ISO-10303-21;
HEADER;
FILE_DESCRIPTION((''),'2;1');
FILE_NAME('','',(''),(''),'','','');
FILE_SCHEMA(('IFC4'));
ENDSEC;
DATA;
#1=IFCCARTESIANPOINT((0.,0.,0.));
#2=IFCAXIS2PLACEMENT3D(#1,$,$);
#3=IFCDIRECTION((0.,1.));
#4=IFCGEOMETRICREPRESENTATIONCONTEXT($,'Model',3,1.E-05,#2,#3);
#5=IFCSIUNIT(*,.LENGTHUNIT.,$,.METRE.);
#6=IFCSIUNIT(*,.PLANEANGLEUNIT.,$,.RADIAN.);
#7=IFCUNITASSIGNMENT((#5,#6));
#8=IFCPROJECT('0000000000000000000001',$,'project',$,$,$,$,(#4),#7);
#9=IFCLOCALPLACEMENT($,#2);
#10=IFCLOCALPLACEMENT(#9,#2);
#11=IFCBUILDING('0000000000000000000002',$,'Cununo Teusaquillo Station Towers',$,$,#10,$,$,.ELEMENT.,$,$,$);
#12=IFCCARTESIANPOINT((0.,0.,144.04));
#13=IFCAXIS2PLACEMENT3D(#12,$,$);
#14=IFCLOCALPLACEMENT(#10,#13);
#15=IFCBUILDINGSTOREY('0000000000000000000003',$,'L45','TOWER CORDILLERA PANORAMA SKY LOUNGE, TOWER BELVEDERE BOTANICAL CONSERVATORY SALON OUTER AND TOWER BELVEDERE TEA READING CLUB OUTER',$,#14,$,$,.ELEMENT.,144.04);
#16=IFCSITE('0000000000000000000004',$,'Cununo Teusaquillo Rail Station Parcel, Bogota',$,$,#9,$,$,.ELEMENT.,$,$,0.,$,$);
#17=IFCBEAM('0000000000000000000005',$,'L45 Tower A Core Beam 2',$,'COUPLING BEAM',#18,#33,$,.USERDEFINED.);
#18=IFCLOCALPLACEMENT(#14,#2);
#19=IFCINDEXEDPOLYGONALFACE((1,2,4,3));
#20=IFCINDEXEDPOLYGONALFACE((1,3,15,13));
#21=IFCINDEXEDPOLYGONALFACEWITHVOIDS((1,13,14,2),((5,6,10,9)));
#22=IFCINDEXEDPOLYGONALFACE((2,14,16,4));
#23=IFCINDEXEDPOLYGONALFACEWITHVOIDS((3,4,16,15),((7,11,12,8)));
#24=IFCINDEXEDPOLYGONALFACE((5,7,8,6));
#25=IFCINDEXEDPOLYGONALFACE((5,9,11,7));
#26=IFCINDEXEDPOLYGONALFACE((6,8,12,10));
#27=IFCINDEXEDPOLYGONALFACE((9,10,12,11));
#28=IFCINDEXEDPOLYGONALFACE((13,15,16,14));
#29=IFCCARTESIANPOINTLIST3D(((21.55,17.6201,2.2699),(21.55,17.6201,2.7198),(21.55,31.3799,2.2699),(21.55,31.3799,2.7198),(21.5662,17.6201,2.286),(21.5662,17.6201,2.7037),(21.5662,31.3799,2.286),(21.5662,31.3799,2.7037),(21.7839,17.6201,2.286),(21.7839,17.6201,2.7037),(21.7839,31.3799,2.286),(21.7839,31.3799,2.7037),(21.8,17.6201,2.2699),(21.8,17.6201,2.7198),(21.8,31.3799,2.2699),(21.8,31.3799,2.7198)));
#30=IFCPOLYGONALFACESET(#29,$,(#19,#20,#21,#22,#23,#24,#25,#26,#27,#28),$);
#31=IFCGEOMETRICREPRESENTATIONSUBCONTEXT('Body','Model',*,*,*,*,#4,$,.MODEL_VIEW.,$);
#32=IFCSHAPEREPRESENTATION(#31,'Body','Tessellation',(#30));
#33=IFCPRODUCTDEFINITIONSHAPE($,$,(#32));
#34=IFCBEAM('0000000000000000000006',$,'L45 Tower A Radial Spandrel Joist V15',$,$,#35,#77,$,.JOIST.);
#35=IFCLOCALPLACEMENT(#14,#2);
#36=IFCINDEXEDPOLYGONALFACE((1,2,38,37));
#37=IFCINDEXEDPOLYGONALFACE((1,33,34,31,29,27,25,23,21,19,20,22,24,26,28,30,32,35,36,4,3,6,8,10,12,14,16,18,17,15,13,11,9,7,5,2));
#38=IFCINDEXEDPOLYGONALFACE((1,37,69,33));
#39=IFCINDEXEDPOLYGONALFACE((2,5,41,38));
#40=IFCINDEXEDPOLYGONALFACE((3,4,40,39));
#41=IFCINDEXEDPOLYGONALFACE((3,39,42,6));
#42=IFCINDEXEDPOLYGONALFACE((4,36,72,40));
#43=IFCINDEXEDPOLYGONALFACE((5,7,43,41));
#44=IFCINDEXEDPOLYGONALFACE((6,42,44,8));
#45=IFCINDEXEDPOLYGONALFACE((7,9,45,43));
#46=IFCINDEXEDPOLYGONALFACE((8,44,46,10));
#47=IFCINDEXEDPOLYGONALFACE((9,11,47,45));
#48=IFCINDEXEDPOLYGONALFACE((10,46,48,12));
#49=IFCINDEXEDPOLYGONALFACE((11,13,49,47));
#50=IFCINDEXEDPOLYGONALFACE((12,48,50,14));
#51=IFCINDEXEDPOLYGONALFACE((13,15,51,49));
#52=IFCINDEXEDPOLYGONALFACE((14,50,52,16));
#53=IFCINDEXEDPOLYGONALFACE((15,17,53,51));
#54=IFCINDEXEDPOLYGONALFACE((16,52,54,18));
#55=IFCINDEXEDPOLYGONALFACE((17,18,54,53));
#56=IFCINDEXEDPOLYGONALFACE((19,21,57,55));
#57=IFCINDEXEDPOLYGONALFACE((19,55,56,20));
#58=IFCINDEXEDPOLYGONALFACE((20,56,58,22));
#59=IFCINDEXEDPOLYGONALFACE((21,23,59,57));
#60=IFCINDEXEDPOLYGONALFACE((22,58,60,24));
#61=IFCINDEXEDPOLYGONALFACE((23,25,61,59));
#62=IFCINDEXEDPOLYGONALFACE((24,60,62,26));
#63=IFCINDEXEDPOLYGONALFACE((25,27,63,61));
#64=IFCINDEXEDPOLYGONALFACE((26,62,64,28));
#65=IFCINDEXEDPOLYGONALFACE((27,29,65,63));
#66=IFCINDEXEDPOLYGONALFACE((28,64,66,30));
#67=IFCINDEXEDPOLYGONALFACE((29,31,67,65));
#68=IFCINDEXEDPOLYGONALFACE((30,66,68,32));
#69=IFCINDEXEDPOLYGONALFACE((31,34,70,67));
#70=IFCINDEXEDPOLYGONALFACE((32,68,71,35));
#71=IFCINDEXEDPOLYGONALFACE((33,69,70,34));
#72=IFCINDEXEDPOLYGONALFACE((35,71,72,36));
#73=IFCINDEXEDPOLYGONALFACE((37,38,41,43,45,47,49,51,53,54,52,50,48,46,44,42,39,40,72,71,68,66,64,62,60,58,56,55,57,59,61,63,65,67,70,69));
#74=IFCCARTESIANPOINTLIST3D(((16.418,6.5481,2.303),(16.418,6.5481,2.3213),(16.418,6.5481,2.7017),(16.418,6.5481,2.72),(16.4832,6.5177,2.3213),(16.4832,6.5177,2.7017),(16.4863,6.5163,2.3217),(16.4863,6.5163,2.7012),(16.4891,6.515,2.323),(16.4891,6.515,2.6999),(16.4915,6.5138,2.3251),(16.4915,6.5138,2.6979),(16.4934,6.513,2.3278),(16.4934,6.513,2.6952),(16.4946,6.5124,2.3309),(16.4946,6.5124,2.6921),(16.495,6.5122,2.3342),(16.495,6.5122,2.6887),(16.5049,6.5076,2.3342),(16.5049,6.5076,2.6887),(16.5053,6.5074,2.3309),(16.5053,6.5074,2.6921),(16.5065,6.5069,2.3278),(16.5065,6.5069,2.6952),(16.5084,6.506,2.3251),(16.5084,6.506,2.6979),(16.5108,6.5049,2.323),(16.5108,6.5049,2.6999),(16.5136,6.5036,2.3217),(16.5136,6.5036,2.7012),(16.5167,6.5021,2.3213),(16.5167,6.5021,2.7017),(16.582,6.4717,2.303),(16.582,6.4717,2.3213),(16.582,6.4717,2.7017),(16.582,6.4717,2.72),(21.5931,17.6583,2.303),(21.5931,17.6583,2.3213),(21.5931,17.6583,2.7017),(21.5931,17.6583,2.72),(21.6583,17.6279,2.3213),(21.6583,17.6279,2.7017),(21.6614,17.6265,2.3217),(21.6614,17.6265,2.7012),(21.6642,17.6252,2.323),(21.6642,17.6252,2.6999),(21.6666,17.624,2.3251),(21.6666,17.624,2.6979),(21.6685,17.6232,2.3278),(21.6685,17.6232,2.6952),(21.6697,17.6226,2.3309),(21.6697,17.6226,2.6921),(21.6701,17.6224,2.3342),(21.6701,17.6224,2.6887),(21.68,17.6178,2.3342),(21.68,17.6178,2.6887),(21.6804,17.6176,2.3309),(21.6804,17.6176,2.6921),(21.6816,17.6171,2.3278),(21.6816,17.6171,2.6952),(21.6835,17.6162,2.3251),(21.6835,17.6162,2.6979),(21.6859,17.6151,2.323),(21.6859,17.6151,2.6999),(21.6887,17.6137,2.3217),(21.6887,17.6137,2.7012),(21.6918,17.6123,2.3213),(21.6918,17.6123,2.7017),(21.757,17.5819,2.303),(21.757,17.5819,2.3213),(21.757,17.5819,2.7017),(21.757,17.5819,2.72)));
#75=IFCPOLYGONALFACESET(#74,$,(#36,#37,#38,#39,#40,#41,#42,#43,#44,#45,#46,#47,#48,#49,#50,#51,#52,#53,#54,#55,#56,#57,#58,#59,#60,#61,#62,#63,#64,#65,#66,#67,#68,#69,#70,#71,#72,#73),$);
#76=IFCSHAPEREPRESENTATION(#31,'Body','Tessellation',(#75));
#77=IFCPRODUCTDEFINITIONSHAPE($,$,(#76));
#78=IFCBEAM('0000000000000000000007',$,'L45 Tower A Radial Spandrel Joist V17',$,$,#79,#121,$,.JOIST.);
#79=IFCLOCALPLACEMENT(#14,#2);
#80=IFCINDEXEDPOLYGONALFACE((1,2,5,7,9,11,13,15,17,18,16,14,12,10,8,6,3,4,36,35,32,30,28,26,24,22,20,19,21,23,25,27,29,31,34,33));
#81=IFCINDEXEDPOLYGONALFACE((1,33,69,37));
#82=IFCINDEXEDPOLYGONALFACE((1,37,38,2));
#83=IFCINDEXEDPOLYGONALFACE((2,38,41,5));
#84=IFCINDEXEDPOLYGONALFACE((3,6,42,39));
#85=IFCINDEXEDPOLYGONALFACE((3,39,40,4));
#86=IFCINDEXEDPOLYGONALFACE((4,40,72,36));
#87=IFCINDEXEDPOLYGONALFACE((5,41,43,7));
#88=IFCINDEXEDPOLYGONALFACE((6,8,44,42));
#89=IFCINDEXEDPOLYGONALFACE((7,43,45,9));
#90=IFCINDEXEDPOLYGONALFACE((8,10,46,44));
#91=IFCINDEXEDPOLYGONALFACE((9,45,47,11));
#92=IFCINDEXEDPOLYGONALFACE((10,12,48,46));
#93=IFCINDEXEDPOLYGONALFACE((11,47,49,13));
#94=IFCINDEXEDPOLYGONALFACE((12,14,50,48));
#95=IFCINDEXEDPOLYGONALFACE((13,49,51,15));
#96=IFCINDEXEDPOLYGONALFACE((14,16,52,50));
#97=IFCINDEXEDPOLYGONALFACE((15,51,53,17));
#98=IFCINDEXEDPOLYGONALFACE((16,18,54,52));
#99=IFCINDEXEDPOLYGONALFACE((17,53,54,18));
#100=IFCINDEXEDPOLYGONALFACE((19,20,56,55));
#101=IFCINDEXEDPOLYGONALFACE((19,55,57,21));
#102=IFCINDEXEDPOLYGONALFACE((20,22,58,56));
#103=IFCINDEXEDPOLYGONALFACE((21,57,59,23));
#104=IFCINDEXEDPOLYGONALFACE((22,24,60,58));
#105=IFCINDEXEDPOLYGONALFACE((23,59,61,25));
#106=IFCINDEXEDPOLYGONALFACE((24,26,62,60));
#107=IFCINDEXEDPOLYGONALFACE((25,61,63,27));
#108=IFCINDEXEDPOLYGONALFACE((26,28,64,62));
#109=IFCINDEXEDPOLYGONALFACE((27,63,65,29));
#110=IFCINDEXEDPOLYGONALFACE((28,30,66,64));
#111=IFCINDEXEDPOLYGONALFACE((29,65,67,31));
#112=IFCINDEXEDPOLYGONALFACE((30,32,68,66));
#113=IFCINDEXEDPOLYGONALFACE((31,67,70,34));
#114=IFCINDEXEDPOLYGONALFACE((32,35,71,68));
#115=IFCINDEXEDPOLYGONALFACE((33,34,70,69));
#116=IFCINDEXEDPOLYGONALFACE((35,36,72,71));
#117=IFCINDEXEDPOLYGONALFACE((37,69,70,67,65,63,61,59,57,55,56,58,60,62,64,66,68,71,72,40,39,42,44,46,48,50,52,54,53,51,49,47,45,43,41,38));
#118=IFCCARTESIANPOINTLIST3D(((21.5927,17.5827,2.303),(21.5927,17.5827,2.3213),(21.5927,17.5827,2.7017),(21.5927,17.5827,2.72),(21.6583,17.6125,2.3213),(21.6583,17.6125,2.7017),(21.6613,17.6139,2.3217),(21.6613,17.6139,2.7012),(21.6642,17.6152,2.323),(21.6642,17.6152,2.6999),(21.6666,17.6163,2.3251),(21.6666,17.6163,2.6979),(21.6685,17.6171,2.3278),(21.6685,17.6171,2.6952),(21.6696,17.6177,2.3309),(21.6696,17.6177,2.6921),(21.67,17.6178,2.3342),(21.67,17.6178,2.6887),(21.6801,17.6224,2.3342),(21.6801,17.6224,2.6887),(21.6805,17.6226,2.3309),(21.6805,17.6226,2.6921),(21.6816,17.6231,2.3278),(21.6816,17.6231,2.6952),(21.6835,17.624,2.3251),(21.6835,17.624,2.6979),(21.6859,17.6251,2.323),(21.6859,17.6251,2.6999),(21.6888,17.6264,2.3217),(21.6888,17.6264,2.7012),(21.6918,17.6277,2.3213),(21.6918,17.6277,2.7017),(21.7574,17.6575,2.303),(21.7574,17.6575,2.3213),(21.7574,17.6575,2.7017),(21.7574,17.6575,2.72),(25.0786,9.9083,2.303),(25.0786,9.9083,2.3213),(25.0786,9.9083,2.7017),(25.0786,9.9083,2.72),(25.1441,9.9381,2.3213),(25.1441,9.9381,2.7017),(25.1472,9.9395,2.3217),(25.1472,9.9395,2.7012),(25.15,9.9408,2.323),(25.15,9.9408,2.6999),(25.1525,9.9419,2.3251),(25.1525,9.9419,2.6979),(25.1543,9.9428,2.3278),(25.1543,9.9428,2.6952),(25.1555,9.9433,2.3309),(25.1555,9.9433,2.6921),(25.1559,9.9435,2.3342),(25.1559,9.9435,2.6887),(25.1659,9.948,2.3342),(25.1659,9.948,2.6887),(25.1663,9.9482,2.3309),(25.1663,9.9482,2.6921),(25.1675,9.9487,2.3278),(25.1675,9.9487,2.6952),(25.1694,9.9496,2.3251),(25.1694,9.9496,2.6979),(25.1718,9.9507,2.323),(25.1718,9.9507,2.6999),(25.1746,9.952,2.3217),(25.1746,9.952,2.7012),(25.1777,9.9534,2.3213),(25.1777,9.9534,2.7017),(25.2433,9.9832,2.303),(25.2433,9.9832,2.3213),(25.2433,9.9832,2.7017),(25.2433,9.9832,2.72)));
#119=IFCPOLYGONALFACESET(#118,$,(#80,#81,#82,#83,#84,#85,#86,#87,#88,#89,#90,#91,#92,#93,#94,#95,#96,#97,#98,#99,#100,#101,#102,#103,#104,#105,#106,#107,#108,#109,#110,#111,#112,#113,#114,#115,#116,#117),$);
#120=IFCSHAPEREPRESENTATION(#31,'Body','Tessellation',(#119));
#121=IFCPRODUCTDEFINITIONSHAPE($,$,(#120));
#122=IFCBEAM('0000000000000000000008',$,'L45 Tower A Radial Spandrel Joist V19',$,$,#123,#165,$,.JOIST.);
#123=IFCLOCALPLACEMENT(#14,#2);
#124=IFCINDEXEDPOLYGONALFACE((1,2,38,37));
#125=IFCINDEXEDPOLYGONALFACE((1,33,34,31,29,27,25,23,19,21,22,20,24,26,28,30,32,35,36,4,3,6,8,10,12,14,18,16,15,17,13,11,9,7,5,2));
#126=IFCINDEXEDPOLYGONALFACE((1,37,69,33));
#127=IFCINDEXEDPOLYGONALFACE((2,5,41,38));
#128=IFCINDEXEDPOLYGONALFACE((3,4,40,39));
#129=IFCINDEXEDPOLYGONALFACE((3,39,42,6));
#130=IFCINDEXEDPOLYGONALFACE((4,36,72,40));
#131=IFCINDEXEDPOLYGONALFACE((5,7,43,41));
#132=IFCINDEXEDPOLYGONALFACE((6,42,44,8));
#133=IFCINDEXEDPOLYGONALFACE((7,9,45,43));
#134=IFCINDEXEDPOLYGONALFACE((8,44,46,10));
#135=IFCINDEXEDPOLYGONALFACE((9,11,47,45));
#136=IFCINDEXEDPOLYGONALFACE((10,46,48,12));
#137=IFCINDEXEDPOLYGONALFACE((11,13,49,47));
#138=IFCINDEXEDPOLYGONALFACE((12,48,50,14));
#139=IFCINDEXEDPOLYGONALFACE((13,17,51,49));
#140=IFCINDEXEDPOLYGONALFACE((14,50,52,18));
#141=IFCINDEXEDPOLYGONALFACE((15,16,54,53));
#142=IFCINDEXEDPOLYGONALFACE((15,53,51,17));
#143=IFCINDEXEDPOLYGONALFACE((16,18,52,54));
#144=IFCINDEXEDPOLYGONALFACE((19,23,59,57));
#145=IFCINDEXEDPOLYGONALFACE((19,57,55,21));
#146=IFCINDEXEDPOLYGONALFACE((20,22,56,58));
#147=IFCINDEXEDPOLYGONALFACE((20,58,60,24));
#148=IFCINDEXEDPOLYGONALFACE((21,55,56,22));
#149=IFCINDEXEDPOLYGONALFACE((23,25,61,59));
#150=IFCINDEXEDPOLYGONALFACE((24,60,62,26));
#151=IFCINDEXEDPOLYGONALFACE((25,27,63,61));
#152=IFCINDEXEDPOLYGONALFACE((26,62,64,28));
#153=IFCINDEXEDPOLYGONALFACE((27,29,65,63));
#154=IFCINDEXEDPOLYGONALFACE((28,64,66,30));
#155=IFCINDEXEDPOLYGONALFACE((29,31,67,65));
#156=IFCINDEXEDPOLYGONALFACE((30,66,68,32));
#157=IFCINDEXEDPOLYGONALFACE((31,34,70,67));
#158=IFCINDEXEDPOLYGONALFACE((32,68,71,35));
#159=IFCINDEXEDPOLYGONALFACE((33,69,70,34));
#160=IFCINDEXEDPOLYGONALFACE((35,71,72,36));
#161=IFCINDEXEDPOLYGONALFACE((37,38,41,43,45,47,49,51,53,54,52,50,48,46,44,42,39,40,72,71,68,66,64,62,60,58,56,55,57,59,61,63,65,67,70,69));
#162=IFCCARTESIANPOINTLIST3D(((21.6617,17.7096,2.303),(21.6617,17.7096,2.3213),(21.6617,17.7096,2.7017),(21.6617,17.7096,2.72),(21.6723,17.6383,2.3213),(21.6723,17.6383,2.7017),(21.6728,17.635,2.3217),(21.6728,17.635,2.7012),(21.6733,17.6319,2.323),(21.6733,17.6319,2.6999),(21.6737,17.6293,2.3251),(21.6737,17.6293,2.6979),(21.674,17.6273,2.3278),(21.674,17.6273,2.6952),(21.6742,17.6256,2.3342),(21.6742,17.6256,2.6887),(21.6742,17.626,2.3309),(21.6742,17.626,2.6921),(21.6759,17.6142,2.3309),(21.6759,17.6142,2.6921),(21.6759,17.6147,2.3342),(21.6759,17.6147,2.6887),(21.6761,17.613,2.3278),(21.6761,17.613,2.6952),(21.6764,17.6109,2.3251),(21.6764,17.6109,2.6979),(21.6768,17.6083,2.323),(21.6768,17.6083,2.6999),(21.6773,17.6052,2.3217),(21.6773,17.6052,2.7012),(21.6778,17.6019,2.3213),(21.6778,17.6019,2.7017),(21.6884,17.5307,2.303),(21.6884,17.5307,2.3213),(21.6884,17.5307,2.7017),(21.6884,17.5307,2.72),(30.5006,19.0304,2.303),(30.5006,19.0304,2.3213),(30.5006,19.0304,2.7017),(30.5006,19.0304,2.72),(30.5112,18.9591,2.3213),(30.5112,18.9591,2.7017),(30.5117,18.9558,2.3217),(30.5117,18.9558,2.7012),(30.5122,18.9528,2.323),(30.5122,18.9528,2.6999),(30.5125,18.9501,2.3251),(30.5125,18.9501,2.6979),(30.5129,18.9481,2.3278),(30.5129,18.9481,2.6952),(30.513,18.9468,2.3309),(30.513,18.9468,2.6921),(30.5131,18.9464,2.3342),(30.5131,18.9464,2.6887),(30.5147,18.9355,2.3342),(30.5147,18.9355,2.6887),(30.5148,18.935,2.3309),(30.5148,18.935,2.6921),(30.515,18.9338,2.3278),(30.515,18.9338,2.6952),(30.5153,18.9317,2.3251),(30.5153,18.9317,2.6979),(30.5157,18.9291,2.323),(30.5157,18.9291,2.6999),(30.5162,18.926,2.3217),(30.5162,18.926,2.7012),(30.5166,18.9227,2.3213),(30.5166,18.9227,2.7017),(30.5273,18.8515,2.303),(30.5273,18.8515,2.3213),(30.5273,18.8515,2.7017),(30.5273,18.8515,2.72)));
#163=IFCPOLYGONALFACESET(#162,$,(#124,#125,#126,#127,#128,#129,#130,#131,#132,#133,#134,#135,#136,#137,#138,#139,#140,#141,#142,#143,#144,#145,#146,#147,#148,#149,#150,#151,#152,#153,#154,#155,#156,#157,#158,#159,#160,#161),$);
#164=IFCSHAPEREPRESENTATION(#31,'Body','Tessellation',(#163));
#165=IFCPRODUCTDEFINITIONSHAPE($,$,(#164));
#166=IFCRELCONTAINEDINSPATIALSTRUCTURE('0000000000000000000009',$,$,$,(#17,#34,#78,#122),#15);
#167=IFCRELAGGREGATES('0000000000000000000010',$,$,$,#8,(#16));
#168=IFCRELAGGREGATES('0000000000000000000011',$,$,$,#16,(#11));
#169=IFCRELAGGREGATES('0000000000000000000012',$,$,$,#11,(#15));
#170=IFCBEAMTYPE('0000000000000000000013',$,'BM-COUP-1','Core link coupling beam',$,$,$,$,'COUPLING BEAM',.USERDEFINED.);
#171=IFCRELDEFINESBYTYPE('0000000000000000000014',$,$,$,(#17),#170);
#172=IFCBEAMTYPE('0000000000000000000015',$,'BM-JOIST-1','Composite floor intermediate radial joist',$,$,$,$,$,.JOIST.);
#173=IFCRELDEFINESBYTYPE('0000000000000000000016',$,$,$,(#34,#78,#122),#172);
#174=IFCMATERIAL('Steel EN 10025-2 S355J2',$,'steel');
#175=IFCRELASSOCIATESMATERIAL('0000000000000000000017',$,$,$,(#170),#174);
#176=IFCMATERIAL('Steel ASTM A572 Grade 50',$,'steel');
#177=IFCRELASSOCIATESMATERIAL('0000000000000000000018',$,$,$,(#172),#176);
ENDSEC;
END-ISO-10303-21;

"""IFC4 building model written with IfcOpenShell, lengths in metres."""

from ifc_helpers import new_model, si_unit, direction, frame, origin, origin_2d, place, context, subcontext, project, spatial, hollow_rectangle, i_section, extrude, material, material_profile, profile_set, type_object, element, save


model = new_model("IFC4")

# Units and contexts
model_context = context("Model", 3, precision=1e-05, world=origin(), true_north=direction((0.0, 1.0)))
body_context = subcontext(model_context, "Body", "Model", "MODEL_VIEW")
ifc_project = project(units=[si_unit("LENGTHUNIT", "METRE"), si_unit("PLANEANGLEUNIT", "RADIAN")], contexts=[model_context])

# Site, building, storey
site_placement = place(None, origin())
site = spatial("IfcSite", under=ifc_project, at=site_placement, Name="Cununo Teusaquillo Rail Station Parcel, Bogota", CompositionType="ELEMENT", RefElevation=0.0)
building_placement = place(site_placement, origin())
building = spatial("IfcBuilding", under=site, at=building_placement, Name="Cununo Teusaquillo Station Towers", CompositionType="ELEMENT")
storey_placement = place(building_placement, frame((0.0, 0.0, 144.04)))
storey = spatial("IfcBuildingStorey", under=building, at=storey_placement, Name="L45", Description="TOWER CORDILLERA PANORAMA SKY LOUNGE, TOWER BELVEDERE BOTANICAL CONSERVATORY SALON OUTER AND TOWER BELVEDERE TEA READING CLUB OUTER", CompositionType="ELEMENT", Elevation=144.04)

# Beams
ifc_material_1 = material(Name="Steel EN 10025-2 S355J2", Category="steel")
ifc_material_profile_1 = material_profile(ifc_material_1, hollow_rectangle(XDim=0.25, YDim=0.45, WallThickness=0.0161, at=origin_2d()), Name="RHS 450x250x16")
ifc_profile_set_1 = profile_set([ifc_material_profile_1], Name="Steel EN 10025-2 S355J2")
beam_type_1 = type_object("IfcBeamType", Name="BM-COUP-1", Description="Core link coupling beam", ElementType="COUPLING BEAM", PredefinedType="USERDEFINED", material=ifc_profile_set_1)
beam_1_placement = place(storey_placement, frame((21.675, 17.6201, 2.4949), z_axis=(0.0, 1.0, 0.0), x_axis=(-1.0, 0.0, 0.0)))
element("IfcBeam", 1, at=beam_1_placement, inside=storey, type_object=beam_type_1, Name="L45 Tower A Core Beam 2", ObjectType="COUPLING BEAM", PredefinedType="USERDEFINED", context=body_context, shape_type="SweptSolid", body=[
    extrude(hollow_rectangle(XDim=0.25, YDim=0.45, WallThickness=0.0161, at=origin_2d()), origin(), (0.0, 0.0, 1.0), 13.7598),
])
ifc_material_2 = material(Name="Steel ASTM A572 Grade 50", Category="steel")
ifc_material_profile_2 = material_profile(ifc_material_2, i_section(OverallWidth=0.1809, OverallDepth=0.417, WebThickness=0.011, FlangeThickness=0.0183, FilletRadius=0.0129, at=origin_2d()), Name="W16X57")
ifc_profile_set_2 = profile_set([ifc_material_profile_2], Name="Steel ASTM A572 Grade 50")
beam_type_2 = type_object("IfcBeamType", Name="BM-JOIST-1", Description="Composite floor intermediate radial joist", PredefinedType="JOIST", material=ifc_profile_set_2)
beam_2_placement = place(storey_placement, frame((21.675, 17.6201, 2.5115), z_axis=(-0.422238, -0.906485, 0.0), x_axis=(0.906485, -0.422238, 0.0)))
element("IfcBeam", 2, at=beam_2_placement, inside=storey, type_object=beam_type_2, Name="L45 Tower A Radial Spandrel Joist V15", PredefinedType="JOIST", context=body_context, shape_type="SweptSolid", body=[
    extrude(i_section(OverallWidth=0.1809, OverallDepth=0.417, WebThickness=0.011, FlangeThickness=0.0183, FilletRadius=0.0129, at=origin_2d()), origin(), (0.0, 0.0, 1.0), 12.2563),
])
beam_3_placement = place(storey_placement, frame((21.675, 17.6201, 2.5115), z_axis=(0.413559, -0.910478, 0.0), x_axis=(0.910478, 0.413559, 0.0)))
element("IfcBeam", 3, at=beam_3_placement, inside=storey, type_object=beam_type_2, Name="L45 Tower A Radial Spandrel Joist V17", PredefinedType="JOIST", context=body_context, shape_type="SweptSolid", body=[
    extrude(i_section(OverallWidth=0.1809, OverallDepth=0.417, WebThickness=0.011, FlangeThickness=0.0183, FilletRadius=0.0129, at=origin_2d()), origin(), (0.0, 0.0, 1.0), 8.429),
])
beam_4_placement = place(storey_placement, frame((21.675, 17.6201, 2.5115), z_axis=(0.989019, 0.14779, 0.0), x_axis=(-0.14779, 0.989019, 0.0)))
element("IfcBeam", 4, at=beam_4_placement, inside=storey, type_object=beam_type_2, Name="L45 Tower A Radial Spandrel Joist V19", PredefinedType="JOIST", context=body_context, shape_type="SweptSolid", body=[
    extrude(i_section(OverallWidth=0.1809, OverallDepth=0.417, WebThickness=0.011, FlangeThickness=0.0183, FilletRadius=0.0129, at=origin_2d()), origin(), (0.0, 0.0, 1.0), 8.937),
])

save(model, "model.ifc")
